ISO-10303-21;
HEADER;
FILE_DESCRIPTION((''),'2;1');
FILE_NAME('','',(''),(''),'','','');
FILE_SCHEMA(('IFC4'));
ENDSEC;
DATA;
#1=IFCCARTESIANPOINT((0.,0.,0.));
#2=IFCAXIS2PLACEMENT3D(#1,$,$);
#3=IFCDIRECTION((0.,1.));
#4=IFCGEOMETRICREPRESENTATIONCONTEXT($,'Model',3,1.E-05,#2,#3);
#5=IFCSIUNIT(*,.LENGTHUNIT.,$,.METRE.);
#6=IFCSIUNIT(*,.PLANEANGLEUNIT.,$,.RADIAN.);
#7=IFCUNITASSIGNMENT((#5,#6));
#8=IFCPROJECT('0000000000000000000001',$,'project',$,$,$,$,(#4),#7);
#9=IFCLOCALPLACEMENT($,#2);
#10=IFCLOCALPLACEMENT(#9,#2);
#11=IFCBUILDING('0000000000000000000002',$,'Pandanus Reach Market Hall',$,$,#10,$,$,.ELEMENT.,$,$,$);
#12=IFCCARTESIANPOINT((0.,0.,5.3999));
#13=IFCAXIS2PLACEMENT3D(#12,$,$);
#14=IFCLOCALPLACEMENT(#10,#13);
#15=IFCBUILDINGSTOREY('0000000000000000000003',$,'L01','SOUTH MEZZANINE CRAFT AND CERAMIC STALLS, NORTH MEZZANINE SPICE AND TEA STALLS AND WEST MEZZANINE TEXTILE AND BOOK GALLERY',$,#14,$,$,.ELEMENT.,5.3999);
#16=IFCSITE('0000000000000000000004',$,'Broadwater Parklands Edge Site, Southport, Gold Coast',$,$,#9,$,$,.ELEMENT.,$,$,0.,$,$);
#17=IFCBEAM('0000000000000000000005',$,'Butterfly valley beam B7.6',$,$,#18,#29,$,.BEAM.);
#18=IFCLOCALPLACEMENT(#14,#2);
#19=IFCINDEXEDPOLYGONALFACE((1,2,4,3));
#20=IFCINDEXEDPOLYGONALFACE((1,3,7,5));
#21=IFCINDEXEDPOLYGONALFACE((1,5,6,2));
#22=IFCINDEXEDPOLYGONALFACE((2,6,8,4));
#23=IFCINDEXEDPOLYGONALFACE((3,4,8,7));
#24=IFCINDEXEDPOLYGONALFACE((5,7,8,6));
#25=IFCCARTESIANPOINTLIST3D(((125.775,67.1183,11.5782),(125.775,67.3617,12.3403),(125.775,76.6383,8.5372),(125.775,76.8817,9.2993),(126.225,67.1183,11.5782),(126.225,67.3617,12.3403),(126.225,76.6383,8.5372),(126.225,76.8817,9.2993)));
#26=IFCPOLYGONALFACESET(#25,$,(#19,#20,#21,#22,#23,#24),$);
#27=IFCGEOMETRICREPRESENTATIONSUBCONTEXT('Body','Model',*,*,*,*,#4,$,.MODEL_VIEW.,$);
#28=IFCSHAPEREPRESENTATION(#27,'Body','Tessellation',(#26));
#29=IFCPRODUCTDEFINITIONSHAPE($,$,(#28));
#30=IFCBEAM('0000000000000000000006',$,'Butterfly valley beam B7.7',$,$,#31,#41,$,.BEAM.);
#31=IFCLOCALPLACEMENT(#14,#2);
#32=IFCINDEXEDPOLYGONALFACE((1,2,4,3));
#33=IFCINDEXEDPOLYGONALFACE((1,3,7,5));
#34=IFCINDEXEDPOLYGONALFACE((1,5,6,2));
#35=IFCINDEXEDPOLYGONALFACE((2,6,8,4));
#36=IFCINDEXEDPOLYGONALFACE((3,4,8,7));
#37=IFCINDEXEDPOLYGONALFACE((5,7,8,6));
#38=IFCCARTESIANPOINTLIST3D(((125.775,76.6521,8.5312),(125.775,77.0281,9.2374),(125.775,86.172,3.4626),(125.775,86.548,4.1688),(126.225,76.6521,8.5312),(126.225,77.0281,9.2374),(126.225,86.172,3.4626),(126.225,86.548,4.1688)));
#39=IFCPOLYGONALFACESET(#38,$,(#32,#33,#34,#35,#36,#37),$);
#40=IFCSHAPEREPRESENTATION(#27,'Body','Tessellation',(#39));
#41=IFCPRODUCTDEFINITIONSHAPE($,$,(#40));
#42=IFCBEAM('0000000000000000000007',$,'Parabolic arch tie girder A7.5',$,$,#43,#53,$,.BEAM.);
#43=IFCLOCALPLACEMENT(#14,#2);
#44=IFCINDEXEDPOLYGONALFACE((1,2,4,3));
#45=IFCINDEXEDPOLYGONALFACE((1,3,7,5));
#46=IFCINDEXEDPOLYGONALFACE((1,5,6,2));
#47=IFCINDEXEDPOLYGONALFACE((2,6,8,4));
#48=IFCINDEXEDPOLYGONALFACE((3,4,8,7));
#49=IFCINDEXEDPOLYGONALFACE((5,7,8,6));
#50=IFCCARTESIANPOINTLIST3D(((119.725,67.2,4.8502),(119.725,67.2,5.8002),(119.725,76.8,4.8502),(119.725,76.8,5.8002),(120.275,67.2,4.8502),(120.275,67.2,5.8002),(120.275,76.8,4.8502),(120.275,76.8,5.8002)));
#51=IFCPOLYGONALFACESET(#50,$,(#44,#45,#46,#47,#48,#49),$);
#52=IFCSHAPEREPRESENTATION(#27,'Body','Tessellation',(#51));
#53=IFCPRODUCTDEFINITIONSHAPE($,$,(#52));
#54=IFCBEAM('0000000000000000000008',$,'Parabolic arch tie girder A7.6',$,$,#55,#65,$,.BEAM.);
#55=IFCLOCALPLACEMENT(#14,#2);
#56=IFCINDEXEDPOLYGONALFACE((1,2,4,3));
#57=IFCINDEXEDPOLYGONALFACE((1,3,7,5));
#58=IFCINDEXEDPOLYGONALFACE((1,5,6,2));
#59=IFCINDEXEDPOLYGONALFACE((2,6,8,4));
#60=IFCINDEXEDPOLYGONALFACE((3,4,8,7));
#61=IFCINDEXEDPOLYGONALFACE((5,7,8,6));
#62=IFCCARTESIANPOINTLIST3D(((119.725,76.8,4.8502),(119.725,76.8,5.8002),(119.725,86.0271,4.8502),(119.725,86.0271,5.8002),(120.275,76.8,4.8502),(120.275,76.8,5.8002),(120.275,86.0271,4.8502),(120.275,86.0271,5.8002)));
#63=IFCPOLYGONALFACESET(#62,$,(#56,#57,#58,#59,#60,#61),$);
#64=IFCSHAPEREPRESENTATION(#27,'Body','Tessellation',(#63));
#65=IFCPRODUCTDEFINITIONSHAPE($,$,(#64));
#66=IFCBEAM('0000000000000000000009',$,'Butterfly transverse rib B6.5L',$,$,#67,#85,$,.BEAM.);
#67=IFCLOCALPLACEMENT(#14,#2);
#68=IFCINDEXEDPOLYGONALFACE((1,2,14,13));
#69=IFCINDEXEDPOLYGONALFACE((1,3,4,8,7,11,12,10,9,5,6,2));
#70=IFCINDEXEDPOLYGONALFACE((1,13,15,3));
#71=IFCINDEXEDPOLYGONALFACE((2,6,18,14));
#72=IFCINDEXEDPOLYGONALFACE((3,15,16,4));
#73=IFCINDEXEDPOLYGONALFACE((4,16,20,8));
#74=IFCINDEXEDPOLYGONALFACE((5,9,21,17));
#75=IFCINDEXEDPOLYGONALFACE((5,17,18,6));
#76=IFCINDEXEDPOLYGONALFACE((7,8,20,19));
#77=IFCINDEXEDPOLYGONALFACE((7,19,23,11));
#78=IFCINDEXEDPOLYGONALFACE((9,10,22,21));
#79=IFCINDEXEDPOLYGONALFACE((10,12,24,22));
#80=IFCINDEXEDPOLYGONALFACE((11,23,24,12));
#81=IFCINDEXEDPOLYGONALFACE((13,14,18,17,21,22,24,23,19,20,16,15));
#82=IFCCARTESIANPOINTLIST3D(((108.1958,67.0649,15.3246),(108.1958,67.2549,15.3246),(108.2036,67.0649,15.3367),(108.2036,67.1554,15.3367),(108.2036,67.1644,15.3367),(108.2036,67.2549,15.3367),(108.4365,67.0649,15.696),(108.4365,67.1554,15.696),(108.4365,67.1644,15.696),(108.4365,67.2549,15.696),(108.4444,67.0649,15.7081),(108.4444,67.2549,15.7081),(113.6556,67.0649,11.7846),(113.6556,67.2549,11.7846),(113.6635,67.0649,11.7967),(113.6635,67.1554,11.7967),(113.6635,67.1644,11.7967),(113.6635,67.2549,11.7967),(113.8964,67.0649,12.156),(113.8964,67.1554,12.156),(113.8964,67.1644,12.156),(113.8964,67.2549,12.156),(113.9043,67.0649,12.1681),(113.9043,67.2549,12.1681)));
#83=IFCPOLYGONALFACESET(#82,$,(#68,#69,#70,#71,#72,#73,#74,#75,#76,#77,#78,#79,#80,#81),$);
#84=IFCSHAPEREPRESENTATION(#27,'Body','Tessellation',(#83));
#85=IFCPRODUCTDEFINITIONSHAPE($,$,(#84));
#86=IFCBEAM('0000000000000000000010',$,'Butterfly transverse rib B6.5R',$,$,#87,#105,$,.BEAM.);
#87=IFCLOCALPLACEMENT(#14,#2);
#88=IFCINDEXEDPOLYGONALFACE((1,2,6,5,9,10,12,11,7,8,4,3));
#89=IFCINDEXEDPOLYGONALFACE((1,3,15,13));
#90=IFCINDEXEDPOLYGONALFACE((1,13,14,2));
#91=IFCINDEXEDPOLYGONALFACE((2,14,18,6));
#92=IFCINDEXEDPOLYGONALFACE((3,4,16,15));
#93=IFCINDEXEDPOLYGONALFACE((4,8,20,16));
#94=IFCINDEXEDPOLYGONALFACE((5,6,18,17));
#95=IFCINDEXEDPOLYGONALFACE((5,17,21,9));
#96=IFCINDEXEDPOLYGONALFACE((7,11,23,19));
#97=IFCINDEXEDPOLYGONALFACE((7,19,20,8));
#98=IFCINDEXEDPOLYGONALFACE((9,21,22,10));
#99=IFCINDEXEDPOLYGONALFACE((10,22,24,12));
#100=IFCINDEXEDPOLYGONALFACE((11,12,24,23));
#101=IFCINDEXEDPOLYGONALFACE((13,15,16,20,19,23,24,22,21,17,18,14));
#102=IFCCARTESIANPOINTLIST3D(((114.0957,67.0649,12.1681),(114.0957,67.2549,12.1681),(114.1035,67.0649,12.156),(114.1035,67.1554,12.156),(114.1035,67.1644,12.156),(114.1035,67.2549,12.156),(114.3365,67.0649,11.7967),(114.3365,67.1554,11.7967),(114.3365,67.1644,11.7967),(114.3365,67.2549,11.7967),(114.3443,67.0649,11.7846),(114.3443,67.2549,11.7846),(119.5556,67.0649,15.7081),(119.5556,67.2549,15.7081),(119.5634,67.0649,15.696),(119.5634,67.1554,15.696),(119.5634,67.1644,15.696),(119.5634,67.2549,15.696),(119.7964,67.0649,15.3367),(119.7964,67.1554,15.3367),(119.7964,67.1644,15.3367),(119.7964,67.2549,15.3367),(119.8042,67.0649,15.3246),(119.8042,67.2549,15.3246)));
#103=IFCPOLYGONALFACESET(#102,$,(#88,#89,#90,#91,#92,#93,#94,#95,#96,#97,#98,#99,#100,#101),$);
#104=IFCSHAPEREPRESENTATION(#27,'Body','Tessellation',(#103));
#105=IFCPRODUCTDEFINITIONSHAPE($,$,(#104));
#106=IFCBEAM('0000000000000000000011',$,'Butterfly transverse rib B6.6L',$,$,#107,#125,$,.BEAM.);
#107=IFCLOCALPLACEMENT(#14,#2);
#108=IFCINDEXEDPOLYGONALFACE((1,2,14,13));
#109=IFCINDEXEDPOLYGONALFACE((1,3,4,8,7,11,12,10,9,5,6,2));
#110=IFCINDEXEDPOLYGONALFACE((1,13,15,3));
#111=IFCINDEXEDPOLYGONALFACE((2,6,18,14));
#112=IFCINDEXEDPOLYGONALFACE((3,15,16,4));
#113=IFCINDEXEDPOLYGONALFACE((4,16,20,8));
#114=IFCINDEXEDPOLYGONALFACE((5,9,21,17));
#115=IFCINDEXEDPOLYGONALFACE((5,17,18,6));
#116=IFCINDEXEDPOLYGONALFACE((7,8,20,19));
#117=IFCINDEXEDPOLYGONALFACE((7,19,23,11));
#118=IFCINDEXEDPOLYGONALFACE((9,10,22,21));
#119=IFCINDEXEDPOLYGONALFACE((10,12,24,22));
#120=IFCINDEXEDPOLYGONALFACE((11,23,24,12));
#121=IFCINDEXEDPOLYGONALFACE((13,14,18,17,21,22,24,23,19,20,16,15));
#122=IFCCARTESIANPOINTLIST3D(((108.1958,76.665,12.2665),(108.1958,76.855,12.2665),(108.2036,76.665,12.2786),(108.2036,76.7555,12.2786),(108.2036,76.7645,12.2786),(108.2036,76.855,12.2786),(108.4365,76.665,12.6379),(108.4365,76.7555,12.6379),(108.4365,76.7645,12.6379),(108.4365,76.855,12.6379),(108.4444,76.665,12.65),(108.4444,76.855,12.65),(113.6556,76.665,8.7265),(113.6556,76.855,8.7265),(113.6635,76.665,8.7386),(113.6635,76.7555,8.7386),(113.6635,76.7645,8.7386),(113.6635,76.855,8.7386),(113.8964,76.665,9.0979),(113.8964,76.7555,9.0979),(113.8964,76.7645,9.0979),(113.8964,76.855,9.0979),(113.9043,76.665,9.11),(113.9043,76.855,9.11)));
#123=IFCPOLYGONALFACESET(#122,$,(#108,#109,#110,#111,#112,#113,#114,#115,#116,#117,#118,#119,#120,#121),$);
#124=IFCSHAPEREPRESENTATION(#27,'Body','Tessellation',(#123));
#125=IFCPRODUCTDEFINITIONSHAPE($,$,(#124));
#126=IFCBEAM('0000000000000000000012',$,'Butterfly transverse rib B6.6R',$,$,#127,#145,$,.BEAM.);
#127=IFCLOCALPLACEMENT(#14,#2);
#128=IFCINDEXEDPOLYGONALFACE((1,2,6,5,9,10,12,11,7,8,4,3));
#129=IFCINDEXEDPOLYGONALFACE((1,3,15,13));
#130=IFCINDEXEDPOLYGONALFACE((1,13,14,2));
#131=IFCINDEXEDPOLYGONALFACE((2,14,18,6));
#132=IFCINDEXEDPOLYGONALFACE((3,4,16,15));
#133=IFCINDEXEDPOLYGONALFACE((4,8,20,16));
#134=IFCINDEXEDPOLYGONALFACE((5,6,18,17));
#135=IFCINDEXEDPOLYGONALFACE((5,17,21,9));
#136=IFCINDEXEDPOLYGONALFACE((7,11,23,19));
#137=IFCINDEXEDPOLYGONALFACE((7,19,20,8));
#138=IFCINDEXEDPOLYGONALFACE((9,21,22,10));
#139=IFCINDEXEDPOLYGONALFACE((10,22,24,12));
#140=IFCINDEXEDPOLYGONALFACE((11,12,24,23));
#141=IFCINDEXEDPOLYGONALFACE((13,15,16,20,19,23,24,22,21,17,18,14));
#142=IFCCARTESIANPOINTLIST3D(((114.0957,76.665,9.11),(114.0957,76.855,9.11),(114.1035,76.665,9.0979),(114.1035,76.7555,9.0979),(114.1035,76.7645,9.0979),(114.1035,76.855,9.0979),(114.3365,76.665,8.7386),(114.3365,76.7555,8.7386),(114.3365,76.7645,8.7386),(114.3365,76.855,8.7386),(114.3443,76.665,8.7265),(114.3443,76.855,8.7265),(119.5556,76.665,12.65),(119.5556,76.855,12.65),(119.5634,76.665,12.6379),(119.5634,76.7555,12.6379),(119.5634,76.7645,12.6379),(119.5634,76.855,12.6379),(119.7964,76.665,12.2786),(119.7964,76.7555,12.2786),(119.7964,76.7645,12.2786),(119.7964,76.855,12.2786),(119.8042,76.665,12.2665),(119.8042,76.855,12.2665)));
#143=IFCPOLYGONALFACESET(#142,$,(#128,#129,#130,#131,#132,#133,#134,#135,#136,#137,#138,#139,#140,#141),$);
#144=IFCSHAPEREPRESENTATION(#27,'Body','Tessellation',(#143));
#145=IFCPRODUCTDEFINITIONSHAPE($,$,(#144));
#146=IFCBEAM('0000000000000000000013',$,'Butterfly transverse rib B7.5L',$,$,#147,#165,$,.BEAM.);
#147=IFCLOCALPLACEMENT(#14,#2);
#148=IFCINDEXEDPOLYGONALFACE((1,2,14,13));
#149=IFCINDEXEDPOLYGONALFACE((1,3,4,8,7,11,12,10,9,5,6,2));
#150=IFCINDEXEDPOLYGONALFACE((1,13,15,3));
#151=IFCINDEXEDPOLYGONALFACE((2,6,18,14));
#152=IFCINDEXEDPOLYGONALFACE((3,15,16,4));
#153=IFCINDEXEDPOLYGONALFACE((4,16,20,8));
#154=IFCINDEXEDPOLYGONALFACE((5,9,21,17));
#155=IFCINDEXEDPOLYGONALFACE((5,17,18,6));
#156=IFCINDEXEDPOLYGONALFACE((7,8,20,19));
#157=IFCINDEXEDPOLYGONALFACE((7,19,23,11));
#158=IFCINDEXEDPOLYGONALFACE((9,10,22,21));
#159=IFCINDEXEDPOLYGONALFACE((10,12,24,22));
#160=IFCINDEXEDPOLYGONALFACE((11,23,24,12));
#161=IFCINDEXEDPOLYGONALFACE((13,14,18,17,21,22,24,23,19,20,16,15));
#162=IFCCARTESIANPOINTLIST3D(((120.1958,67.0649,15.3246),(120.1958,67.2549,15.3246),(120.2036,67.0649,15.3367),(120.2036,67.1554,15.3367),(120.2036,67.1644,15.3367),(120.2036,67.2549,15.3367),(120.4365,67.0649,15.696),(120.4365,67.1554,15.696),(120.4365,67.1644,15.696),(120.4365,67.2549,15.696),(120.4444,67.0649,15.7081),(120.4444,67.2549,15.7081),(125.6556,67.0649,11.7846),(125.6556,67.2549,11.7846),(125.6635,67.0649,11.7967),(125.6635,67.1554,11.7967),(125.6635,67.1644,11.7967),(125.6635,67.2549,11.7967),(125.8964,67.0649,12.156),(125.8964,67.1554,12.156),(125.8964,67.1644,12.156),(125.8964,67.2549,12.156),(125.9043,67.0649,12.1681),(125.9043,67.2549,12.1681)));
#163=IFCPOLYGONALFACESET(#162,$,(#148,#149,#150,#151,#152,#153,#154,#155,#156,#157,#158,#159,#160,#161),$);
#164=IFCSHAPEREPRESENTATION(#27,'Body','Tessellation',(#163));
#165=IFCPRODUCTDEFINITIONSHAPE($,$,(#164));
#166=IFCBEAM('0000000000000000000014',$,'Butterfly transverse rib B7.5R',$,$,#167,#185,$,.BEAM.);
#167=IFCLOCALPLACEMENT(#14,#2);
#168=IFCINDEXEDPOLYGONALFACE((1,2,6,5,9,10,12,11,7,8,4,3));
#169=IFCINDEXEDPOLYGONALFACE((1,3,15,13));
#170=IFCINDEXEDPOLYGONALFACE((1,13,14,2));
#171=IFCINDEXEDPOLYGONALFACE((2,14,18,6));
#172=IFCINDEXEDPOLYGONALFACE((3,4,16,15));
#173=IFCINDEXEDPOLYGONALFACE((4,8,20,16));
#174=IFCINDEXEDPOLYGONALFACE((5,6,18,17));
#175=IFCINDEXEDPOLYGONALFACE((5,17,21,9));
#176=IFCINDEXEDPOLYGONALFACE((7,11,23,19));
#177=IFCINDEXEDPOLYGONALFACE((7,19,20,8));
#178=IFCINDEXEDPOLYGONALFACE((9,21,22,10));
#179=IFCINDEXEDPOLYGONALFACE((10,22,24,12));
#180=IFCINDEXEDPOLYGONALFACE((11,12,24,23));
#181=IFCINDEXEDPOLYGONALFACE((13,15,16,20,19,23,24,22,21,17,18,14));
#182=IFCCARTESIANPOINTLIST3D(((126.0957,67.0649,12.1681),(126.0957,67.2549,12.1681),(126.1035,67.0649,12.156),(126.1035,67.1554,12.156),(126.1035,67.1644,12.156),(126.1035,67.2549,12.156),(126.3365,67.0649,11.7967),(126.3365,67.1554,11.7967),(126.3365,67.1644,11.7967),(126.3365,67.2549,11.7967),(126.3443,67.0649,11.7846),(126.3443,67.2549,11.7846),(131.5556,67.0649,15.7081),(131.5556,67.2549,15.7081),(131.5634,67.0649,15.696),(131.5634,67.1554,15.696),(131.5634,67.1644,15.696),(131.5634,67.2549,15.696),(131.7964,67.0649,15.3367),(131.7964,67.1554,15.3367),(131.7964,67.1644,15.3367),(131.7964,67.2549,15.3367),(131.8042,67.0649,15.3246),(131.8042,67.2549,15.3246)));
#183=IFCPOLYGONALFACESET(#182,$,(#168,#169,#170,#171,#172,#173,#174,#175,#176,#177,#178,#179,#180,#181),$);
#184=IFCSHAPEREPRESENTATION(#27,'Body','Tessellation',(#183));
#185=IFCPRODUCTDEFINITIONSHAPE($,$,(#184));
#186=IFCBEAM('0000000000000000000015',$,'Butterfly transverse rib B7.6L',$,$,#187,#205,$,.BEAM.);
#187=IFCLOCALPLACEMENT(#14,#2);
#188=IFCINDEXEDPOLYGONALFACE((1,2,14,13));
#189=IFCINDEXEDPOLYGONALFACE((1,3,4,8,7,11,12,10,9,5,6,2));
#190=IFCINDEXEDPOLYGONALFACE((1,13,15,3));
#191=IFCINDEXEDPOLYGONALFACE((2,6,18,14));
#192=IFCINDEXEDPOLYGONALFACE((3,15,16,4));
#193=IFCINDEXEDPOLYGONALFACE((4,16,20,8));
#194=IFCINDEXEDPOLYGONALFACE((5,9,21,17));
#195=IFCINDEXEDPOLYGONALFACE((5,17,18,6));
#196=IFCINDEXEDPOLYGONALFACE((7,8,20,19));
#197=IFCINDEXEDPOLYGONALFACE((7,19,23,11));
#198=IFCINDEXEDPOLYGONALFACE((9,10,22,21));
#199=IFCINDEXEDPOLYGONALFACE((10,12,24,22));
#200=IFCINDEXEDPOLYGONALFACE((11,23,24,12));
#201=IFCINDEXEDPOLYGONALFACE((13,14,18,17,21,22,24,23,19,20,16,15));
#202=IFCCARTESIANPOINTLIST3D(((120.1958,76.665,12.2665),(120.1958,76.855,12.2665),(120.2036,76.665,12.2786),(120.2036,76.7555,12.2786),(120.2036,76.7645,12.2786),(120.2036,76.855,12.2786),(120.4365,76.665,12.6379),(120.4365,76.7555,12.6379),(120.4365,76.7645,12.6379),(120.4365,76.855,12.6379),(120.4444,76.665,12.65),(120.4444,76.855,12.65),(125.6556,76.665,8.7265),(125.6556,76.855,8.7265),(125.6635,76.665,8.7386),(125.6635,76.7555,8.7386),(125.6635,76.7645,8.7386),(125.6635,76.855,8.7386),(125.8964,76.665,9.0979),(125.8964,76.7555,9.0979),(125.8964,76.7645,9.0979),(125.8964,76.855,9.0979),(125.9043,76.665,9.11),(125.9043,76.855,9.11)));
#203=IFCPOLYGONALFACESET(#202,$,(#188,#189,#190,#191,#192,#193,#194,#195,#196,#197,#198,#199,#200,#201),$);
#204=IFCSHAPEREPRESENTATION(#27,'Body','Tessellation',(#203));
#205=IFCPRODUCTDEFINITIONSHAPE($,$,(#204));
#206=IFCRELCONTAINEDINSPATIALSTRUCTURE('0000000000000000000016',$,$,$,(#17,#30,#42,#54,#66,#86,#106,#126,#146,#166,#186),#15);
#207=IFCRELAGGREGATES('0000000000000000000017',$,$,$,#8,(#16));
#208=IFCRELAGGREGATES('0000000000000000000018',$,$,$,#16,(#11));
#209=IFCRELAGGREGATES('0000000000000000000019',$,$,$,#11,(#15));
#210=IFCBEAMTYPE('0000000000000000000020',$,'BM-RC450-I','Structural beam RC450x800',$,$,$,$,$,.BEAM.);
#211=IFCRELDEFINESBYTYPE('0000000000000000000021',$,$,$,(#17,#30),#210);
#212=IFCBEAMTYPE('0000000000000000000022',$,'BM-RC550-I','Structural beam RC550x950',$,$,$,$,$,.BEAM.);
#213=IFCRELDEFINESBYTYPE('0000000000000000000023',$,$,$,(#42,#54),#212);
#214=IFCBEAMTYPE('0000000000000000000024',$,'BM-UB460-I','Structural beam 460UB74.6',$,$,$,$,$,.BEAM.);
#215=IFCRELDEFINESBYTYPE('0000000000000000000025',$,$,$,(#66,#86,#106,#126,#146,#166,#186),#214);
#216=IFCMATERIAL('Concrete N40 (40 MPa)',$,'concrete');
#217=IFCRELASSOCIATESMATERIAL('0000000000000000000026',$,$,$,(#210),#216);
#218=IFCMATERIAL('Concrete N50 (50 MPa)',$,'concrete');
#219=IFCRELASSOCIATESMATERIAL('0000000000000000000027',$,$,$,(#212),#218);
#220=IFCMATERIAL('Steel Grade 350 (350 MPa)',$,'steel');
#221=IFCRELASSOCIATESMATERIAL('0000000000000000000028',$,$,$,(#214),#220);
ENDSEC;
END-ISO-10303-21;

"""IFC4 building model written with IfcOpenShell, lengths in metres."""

from ifc_helpers import new_model, si_unit, direction, frame, origin, origin_2d, place, context, subcontext, project, spatial, rectangle, i_section, extrude, material, material_profile, profile_set, type_object, element, save


model = new_model("IFC4")

# Units and contexts
model_context = context("Model", 3, precision=1e-05, world=origin(), true_north=direction((0.0, 1.0)))
body_context = subcontext(model_context, "Body", "Model", "MODEL_VIEW")
ifc_project = project(units=[si_unit("LENGTHUNIT", "METRE"), si_unit("PLANEANGLEUNIT", "RADIAN")], contexts=[model_context])

# Site, building, storey
site_placement = place(None, origin())
site = spatial("IfcSite", under=ifc_project, at=site_placement, Name="Broadwater Parklands Edge Site, Southport, Gold Coast", CompositionType="ELEMENT", RefElevation=0.0)
building_placement = place(site_placement, origin())
building = spatial("IfcBuilding", under=site, at=building_placement, Name="Pandanus Reach Market Hall", CompositionType="ELEMENT")
storey_placement = place(building_placement, frame((0.0, 0.0, 5.3999)))
storey = spatial("IfcBuildingStorey", under=building, at=storey_placement, Name="L01", Description="SOUTH MEZZANINE CRAFT AND CERAMIC STALLS, NORTH MEZZANINE SPICE AND TEA STALLS AND WEST MEZZANINE TEXTILE AND BOOK GALLERY", CompositionType="ELEMENT", Elevation=5.3999)

# Shared definitions
ifc_material_1 = material(Name="Concrete N50 (50 MPa)", Category="concrete")

# Beams
ifc_material_2 = material(Name="Concrete N40 (40 MPa)", Category="concrete")
ifc_material_profile_1 = material_profile(ifc_material_2, rectangle(XDim=0.45, YDim=0.8, at=origin_2d()), Name="RC450x800", Category="LoadBearing")
ifc_profile_set_1 = profile_set([ifc_material_profile_1], Name="Concrete N40 (40 MPa)")
beam_type_1 = type_object("IfcBeamType", Name="BM-RC450-I", Description="Structural beam RC450x800", PredefinedType="BEAM", material=ifc_profile_set_1)
beam_1_placement = place(storey_placement, frame((126.0, 67.24, 11.9592), z_axis=(0.0, 0.952581, -0.304286), x_axis=(-1.0, 0.0, 0.0)))
element("IfcBeam", 1, at=beam_1_placement, inside=storey, type_object=beam_type_1, Name="Butterfly valley beam B7.6", PredefinedType="BEAM", context=body_context, shape_type="SweptSolid", body=[
    extrude(rectangle(XDim=0.45, YDim=0.8, at=origin_2d()), origin(), (0.0, 0.0, 1.0), 9.9939),
])
beam_2_placement = place(storey_placement, frame((126.0, 76.8401, 8.8843), z_axis=(0.0, 0.882689, -0.469957), x_axis=(-1.0, 0.0, 0.0)))
element("IfcBeam", 2, at=beam_2_placement, inside=storey, type_object=beam_type_1, Name="Butterfly valley beam B7.7", PredefinedType="BEAM", context=body_context, shape_type="SweptSolid", body=[
    extrude(rectangle(XDim=0.45, YDim=0.8, at=origin_2d()), origin(), (0.0, 0.0, 1.0), 10.7852),
])
ifc_material_profile_2 = material_profile(ifc_material_1, rectangle(XDim=0.55, YDim=0.95, at=origin_2d()), Name="RC550x950", Category="LoadBearing")
ifc_profile_set_2 = profile_set([ifc_material_profile_2], Name="Concrete N50 (50 MPa)")
beam_type_2 = type_object("IfcBeamType", Name="BM-RC550-I", Description="Structural beam RC550x950", PredefinedType="BEAM", material=ifc_profile_set_2)
beam_3_placement = place(storey_placement, frame((120.0, 67.2, 5.3252), z_axis=(0.0, 1.0, 0.0), x_axis=(-1.0, 0.0, 0.0)))
element("IfcBeam", 3, at=beam_3_placement, inside=storey, type_object=beam_type_2, Name="Parabolic arch tie girder A7.5", PredefinedType="BEAM", context=body_context, shape_type="SweptSolid", body=[
    extrude(rectangle(XDim=0.55, YDim=0.95, at=origin_2d()), origin(), (0.0, 0.0, 1.0), 9.6001),
])
beam_4_placement = place(storey_placement, frame((120.0, 76.8, 5.3252), z_axis=(0.0, 1.0, 0.0), x_axis=(-1.0, 0.0, 0.0)))
element("IfcBeam", 4, at=beam_4_placement, inside=storey, type_object=beam_type_2, Name="Parabolic arch tie girder A7.6", PredefinedType="BEAM", context=body_context, shape_type="SweptSolid", body=[
    extrude(rectangle(XDim=0.55, YDim=0.95, at=origin_2d()), origin(), (0.0, 0.0, 1.0), 9.2271),
])
ifc_material_3 = material(Name="Steel Grade 350 (350 MPa)", Category="steel")
ifc_material_profile_3 = material_profile(ifc_material_3, i_section(OverallWidth=0.1899, OverallDepth=0.457, WebThickness=0.009, FlangeThickness=0.0144, at=origin_2d()), Name="460UB74.6", Category="LoadBearing")
ifc_profile_set_3 = profile_set([ifc_material_profile_3], Name="Steel Grade 350 (350 MPa)")
beam_type_3 = type_object("IfcBeamType", Name="BM-UB460-I", Description="Structural beam 460UB74.6", PredefinedType="BEAM", material=ifc_profile_set_3)
for number, where, z_axis, x_axis, name in (
    (5, (108.3201, 67.1599, 15.5164), (0.839071, 0.0, -0.544023), (0.0, 1.0, 0.0), "Butterfly transverse rib B6.5L"),
    (6, (114.22, 67.1599, 11.9763), (0.839071, 0.0, 0.544023), (0.0, 1.0, 0.0), "Butterfly transverse rib B6.5R"),
    (7, (108.3201, 76.76, 12.4583), (0.839071, 0.0, -0.544023), (0.0, 1.0, 0.0), "Butterfly transverse rib B6.6L"),
    (8, (114.22, 76.76, 8.9182), (0.839071, 0.0, 0.544023), (0.0, 1.0, 0.0), "Butterfly transverse rib B6.6R"),
    (9, (120.3201, 67.1599, 15.5164), (0.839071, 0.0, -0.544023), (0.0, 1.0, 0.0), "Butterfly transverse rib B7.5L"),
    (10, (126.22, 67.1599, 11.9763), (0.839071, 0.0, 0.544023), (0.0, 1.0, 0.0), "Butterfly transverse rib B7.5R"),
    (11, (120.3201, 76.76, 12.4583), (0.839071, 0.0, -0.544023), (0.0, 1.0, 0.0), "Butterfly transverse rib B7.6L"),
):
    element("IfcBeam", number, at=place(storey_placement, frame(where, z_axis=z_axis, x_axis=x_axis)), inside=storey, type_object=beam_type_3, Name=name, PredefinedType="BEAM", context=body_context, shape_type="SweptSolid", body=[
        extrude(i_section(OverallWidth=0.1899, OverallDepth=0.457, WebThickness=0.009, FlangeThickness=0.0144, at=origin_2d()), origin(), (0.0, 0.0, 1.0), 6.5071),
    ])

save(model, "model.ifc")
